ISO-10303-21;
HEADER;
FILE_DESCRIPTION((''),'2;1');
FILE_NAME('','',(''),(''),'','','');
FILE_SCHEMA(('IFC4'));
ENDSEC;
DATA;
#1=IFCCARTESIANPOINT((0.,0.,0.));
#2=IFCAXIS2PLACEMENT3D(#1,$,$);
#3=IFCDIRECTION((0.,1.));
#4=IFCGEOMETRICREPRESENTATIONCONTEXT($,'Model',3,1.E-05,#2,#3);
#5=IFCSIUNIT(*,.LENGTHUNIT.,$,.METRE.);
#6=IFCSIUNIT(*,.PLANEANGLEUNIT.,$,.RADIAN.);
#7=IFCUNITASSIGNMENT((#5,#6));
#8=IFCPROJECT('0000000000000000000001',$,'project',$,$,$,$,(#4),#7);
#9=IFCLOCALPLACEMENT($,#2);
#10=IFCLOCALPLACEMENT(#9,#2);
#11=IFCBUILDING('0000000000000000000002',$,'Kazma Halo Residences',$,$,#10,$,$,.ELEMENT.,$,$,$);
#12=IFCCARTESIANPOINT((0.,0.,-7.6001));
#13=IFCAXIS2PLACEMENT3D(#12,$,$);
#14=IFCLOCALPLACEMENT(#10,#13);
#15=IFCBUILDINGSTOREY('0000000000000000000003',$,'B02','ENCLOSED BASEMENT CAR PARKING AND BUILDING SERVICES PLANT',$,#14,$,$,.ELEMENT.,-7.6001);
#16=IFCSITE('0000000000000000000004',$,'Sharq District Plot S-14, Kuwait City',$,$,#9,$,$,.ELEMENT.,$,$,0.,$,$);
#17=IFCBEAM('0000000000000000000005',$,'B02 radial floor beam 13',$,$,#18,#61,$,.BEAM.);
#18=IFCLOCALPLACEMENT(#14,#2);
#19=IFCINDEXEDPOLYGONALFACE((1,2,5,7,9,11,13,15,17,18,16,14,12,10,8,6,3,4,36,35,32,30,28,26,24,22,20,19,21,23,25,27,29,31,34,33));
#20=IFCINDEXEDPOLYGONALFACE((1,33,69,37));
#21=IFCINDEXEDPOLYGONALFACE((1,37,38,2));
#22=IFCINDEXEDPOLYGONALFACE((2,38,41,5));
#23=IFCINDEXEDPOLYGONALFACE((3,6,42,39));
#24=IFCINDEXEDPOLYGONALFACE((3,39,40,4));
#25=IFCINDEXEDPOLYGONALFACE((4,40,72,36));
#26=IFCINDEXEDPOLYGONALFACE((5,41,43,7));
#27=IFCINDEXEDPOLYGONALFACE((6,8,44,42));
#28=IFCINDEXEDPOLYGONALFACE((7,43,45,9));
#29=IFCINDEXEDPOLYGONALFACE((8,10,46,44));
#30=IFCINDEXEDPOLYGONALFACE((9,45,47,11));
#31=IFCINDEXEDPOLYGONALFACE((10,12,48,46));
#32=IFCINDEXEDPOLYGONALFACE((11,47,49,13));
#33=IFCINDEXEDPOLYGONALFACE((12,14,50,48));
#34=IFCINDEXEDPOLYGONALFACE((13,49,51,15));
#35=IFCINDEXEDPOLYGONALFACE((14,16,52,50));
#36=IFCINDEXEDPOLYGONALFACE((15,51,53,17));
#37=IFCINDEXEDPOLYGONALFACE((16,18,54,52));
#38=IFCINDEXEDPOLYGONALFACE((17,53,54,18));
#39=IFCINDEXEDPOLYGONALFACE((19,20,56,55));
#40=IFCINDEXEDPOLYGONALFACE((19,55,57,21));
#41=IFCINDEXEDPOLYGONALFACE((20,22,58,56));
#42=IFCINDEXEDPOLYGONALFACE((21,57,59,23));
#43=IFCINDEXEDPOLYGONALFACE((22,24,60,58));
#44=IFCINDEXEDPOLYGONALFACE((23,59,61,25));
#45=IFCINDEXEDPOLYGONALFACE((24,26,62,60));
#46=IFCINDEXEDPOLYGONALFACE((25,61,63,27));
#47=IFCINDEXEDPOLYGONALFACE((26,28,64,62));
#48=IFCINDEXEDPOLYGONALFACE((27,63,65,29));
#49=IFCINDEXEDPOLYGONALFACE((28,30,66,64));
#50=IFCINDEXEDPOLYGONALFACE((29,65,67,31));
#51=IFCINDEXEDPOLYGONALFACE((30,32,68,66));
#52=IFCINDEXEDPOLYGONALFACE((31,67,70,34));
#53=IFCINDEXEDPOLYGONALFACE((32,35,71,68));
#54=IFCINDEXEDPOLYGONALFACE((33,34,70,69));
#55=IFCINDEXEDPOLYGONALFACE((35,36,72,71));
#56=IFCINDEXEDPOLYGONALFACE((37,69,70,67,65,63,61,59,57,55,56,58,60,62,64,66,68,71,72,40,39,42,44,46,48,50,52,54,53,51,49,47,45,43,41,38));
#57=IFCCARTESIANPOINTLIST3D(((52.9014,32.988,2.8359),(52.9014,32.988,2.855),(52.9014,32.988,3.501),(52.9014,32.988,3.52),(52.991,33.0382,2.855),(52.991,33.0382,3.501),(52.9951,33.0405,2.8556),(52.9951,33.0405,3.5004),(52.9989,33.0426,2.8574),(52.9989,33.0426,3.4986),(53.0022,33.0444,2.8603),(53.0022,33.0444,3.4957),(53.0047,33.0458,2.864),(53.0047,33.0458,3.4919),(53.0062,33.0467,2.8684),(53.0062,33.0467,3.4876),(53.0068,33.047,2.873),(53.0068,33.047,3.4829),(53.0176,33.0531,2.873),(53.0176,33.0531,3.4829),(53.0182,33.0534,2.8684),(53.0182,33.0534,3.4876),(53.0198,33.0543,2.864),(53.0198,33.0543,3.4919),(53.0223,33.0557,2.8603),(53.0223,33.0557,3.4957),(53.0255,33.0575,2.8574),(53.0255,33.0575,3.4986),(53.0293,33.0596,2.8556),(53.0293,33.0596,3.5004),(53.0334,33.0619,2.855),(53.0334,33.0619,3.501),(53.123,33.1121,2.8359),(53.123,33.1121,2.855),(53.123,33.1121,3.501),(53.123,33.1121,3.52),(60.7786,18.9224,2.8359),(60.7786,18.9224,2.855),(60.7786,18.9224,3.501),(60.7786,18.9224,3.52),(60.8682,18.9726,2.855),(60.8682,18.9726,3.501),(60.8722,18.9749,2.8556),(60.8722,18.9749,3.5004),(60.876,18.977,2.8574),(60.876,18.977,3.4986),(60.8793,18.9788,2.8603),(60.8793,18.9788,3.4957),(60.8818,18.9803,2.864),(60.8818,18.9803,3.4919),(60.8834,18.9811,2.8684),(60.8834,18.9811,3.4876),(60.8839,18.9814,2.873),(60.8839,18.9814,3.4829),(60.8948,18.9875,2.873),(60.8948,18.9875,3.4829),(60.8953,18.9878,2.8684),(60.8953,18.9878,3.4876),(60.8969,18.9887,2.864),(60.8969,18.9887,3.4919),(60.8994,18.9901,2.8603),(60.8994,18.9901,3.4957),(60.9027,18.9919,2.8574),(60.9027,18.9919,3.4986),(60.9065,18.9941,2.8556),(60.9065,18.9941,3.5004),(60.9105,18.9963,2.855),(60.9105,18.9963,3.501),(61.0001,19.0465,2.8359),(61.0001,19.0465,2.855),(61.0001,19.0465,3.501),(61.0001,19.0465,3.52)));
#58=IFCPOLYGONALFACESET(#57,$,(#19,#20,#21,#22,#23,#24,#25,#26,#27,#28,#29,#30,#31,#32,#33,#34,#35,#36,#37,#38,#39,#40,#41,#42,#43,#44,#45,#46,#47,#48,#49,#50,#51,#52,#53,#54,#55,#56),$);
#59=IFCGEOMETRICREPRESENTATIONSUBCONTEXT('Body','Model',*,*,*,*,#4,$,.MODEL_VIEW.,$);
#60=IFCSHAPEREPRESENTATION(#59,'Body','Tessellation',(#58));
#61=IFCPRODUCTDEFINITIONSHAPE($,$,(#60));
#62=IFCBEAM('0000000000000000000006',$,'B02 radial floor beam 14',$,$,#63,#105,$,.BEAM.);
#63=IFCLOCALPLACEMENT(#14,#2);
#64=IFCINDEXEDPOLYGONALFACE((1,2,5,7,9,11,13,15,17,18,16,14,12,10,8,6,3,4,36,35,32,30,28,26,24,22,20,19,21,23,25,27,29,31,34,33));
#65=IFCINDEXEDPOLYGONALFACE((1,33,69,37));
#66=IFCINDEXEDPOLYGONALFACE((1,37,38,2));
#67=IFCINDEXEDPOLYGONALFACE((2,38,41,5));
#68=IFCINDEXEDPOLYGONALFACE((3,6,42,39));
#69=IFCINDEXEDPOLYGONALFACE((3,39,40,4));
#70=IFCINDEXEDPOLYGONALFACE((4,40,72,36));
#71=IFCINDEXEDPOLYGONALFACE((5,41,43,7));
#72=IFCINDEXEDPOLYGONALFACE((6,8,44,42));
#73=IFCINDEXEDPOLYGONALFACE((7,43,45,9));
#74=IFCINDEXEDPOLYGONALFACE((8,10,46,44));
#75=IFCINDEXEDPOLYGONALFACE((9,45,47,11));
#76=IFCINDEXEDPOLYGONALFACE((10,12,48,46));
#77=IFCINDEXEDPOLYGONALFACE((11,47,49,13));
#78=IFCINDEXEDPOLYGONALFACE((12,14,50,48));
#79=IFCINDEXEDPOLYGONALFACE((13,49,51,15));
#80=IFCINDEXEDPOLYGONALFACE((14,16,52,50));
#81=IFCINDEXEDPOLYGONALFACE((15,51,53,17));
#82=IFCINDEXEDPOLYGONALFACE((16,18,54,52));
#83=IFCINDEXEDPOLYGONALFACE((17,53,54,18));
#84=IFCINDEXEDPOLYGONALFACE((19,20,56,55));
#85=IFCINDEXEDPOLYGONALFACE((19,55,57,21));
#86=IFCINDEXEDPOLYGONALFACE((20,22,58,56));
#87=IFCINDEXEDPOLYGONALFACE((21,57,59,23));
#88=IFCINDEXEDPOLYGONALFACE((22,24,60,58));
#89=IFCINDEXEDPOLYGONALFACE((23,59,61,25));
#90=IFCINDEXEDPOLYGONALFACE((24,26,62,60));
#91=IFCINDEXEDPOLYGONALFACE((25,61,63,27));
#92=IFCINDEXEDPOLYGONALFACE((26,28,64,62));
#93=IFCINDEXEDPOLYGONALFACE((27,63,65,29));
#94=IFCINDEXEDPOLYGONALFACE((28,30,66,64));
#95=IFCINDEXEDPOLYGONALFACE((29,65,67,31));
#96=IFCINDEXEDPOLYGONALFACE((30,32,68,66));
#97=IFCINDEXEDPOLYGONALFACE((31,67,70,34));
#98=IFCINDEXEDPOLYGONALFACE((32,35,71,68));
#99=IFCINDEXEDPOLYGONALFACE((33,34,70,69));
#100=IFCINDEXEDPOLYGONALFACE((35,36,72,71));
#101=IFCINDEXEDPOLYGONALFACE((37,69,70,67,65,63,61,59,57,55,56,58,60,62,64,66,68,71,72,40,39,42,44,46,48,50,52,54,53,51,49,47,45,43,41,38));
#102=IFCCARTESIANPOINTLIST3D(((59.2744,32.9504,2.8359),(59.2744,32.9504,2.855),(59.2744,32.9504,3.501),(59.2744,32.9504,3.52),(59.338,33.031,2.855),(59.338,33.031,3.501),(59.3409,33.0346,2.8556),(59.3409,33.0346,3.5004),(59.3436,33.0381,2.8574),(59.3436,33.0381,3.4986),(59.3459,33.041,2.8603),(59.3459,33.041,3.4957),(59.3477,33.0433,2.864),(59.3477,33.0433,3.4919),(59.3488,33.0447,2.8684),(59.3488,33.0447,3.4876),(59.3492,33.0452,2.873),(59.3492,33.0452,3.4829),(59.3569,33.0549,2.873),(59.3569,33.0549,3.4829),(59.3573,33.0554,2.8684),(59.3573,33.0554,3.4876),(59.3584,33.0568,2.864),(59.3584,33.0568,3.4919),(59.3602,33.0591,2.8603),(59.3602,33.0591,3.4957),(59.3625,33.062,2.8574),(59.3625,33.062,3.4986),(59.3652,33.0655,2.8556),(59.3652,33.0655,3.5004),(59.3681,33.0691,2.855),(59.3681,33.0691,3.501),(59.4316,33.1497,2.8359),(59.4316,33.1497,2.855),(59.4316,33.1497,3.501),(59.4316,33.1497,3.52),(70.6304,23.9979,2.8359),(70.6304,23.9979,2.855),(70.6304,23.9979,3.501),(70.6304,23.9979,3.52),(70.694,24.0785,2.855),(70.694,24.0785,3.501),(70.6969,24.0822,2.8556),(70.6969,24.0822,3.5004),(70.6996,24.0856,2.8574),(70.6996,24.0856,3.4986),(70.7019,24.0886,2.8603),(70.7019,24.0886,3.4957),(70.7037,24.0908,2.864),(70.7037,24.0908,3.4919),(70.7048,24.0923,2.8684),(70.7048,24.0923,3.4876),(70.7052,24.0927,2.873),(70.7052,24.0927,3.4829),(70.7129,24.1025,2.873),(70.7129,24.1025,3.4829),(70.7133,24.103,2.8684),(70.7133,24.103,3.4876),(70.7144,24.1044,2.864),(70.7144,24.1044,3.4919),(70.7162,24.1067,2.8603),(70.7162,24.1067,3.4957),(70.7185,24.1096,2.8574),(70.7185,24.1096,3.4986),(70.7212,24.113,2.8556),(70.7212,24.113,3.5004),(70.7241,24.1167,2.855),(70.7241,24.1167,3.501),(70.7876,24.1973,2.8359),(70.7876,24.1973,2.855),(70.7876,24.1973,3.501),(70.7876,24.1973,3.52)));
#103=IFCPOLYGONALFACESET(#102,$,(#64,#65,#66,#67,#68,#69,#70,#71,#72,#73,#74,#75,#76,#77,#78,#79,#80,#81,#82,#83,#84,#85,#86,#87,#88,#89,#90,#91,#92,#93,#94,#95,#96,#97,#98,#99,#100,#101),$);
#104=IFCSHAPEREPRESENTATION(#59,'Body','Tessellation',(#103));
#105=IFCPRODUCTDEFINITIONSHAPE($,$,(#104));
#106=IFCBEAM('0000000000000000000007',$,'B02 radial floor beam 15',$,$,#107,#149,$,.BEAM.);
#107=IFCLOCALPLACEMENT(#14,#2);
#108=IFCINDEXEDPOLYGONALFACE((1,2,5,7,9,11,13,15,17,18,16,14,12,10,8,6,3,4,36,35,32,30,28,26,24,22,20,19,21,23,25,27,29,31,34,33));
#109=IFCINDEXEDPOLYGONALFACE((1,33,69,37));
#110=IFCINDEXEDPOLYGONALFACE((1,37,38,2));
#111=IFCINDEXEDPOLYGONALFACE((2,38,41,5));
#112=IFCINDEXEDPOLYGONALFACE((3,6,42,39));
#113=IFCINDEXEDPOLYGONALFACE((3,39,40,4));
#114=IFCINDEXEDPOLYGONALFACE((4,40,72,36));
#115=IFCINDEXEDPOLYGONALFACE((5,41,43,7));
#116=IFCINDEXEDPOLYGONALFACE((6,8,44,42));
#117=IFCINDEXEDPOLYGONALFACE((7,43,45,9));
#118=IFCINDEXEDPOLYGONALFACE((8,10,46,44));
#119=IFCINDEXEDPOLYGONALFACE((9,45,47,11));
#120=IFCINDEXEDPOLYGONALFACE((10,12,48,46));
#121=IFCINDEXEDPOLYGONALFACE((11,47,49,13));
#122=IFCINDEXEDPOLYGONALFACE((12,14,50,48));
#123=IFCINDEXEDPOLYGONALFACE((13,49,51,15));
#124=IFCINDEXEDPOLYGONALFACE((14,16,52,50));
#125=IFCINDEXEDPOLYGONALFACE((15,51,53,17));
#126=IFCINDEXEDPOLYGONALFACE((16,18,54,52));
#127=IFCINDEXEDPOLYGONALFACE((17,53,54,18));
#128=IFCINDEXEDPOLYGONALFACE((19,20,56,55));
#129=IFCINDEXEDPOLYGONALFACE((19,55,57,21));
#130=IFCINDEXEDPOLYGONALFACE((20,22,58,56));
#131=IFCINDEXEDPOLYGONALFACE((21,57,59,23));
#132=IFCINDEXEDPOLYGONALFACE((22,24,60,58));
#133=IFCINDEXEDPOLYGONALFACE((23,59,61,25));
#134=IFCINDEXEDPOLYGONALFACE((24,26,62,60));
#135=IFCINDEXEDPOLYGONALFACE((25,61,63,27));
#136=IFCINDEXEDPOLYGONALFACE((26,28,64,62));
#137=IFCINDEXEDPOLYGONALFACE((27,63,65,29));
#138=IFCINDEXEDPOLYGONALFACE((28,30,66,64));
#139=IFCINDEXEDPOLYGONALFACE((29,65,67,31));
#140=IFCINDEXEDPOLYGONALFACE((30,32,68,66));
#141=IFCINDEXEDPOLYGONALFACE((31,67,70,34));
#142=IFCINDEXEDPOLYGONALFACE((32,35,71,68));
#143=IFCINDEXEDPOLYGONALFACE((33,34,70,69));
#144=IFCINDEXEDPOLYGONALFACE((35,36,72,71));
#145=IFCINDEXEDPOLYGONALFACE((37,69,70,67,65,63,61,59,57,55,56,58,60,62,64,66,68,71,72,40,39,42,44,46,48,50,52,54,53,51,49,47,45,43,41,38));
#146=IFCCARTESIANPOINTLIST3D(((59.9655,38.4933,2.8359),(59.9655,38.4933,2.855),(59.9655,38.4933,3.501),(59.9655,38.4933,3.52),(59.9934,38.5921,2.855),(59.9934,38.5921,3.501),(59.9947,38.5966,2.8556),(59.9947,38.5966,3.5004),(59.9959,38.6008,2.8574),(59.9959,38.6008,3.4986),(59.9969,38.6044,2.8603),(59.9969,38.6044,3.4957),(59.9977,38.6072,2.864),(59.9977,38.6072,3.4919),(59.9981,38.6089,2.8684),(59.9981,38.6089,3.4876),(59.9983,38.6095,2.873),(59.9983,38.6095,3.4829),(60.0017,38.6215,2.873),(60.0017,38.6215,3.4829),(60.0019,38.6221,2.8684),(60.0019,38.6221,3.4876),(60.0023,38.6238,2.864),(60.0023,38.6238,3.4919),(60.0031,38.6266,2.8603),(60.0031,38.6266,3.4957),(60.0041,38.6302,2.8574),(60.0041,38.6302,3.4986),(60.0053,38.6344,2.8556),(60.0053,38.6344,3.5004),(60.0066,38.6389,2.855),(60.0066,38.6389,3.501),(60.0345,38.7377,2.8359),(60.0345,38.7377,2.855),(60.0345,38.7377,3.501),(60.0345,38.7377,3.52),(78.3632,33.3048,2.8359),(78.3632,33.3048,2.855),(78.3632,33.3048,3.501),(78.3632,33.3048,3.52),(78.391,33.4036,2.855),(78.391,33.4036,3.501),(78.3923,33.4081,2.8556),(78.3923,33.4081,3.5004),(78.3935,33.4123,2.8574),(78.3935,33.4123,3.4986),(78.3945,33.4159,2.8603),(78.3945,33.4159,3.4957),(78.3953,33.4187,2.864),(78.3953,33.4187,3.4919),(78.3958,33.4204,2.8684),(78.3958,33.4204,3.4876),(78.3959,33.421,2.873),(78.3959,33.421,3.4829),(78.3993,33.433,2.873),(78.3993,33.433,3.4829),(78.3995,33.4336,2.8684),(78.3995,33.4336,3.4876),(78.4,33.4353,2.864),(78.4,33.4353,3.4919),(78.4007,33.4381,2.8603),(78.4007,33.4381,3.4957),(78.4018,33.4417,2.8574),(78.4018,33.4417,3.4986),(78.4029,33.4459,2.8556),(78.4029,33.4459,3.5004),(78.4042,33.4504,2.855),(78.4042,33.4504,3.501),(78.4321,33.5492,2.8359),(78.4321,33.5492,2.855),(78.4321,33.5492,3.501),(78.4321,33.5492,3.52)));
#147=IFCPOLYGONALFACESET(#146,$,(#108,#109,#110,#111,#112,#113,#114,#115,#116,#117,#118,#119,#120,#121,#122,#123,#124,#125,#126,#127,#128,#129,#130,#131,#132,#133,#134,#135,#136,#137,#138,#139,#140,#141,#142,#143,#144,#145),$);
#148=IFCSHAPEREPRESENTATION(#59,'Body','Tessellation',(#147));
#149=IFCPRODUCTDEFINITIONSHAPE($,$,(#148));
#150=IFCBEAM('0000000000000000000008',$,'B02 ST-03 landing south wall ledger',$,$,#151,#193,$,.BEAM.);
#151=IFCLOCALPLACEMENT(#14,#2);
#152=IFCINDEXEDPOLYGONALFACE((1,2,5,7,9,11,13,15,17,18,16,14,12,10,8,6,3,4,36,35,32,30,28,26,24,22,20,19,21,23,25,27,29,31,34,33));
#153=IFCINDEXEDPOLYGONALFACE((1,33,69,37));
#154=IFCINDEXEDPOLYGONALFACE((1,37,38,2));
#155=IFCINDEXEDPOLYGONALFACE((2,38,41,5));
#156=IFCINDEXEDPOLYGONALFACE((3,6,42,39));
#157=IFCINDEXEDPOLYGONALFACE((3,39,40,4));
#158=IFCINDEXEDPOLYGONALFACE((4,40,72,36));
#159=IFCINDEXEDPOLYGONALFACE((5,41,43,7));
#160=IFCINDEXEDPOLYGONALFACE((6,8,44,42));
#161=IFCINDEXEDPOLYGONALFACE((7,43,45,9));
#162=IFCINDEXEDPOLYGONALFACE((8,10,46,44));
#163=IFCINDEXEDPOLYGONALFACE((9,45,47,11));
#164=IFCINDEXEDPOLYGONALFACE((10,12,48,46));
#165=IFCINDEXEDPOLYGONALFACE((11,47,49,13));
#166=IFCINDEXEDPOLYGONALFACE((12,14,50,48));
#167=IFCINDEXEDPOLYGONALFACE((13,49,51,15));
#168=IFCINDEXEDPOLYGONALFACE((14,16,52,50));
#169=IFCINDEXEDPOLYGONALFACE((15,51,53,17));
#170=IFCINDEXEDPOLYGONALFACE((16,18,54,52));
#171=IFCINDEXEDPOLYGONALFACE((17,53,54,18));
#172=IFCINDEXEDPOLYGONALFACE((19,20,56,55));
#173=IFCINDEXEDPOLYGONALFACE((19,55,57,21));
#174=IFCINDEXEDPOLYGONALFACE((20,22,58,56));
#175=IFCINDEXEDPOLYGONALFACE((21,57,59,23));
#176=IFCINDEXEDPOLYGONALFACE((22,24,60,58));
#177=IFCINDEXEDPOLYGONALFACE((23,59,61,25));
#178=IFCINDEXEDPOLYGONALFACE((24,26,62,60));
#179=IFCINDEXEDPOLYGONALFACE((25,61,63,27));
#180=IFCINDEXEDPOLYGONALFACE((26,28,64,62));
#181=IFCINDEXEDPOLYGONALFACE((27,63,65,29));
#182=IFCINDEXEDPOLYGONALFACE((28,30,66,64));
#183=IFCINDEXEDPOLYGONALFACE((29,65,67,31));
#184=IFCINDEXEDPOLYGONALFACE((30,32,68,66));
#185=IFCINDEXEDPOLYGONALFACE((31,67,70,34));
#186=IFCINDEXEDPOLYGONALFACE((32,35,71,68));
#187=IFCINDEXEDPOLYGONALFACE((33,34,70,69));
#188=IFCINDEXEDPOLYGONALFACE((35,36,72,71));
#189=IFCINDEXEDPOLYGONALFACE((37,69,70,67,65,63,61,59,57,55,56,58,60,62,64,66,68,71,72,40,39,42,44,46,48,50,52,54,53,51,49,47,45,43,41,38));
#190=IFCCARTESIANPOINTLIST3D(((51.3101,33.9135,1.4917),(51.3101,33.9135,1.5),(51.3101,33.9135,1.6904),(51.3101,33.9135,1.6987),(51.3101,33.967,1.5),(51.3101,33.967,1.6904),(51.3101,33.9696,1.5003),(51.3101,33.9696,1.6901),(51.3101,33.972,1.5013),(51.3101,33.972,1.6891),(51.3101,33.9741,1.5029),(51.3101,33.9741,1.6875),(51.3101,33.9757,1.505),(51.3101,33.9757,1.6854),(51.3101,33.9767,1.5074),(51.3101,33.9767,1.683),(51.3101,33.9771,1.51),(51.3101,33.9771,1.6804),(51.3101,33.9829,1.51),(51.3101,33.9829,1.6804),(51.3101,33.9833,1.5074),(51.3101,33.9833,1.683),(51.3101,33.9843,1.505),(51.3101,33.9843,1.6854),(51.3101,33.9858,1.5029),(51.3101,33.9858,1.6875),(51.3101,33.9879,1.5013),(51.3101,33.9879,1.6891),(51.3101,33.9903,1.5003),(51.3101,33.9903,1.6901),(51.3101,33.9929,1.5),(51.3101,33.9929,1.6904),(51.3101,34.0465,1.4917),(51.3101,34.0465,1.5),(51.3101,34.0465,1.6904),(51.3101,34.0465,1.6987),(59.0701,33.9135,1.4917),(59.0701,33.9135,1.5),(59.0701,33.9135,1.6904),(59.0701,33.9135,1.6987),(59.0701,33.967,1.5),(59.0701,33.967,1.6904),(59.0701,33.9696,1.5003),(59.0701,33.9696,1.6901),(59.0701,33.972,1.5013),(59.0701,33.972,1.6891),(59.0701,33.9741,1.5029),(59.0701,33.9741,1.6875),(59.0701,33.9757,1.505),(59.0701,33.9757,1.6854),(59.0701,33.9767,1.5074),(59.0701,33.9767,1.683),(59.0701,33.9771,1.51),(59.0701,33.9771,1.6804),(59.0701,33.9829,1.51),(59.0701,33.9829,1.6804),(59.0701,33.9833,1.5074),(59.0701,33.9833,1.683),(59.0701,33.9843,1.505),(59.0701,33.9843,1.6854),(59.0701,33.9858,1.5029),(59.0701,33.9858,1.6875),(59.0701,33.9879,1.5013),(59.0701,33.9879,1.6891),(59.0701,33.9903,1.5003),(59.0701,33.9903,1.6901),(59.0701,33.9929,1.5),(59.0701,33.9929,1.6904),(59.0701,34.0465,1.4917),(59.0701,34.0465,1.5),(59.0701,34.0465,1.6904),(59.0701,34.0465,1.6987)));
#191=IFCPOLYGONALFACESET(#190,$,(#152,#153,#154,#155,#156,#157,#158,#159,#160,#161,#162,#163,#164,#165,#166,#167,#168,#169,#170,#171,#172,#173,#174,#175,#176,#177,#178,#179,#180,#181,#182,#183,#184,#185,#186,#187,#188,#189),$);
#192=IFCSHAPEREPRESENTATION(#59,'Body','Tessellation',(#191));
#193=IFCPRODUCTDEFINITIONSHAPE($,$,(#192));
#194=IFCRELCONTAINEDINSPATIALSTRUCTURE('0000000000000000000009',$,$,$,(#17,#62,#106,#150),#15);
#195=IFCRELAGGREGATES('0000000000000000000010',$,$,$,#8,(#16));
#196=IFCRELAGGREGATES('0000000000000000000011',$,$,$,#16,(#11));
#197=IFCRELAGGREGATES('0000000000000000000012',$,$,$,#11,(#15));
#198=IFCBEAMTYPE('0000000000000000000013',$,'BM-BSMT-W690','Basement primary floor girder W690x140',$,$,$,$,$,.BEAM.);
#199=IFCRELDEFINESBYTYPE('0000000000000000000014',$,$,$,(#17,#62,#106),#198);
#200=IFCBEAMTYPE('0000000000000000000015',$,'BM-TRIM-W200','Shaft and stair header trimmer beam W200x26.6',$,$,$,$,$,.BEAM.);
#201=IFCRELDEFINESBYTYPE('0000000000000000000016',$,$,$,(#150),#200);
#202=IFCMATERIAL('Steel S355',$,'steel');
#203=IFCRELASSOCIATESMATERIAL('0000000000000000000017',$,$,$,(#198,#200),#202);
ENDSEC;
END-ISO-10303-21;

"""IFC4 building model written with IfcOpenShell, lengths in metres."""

from ifc_helpers import new_model, si_unit, direction, frame, origin, origin_2d, place, context, subcontext, project, spatial, i_section, extrude, material, material_profile, profile_set, type_object, element, save


model = new_model("IFC4")

# Units and contexts
model_context = context("Model", 3, precision=1e-05, world=origin(), true_north=direction((0.0, 1.0)))
body_context = subcontext(model_context, "Body", "Model", "MODEL_VIEW")
ifc_project = project(units=[si_unit("LENGTHUNIT", "METRE"), si_unit("PLANEANGLEUNIT", "RADIAN")], contexts=[model_context])

# Site, building, storey
site_placement = place(None, origin())
site = spatial("IfcSite", under=ifc_project, at=site_placement, Name="Sharq District Plot S-14, Kuwait City", CompositionType="ELEMENT", RefElevation=0.0)
building_placement = place(site_placement, origin())
building = spatial("IfcBuilding", under=site, at=building_placement, Name="Kazma Halo Residences", CompositionType="ELEMENT")
storey_placement = place(building_placement, frame((0.0, 0.0, -7.6001)))
storey = spatial("IfcBuildingStorey", under=building, at=storey_placement, Name="B02", Description="ENCLOSED BASEMENT CAR PARKING AND BUILDING SERVICES PLANT", CompositionType="ELEMENT", Elevation=-7.6001)

# Shared definitions
ifc_material_1 = material(Name="Steel S355", Category="steel")

# Beams
ifc_material_profile_1 = material_profile(ifc_material_1, i_section(OverallWidth=0.2539, OverallDepth=0.6841, WebThickness=0.0125, FlangeThickness=0.019, FilletRadius=0.0181, at=origin_2d()), Name="W690x140")
ifc_profile_set_1 = profile_set([ifc_material_profile_1], Name="Steel S355")
beam_type_1 = type_object("IfcBeamType", Name="BM-BSMT-W690", Description="Basement primary floor girder W690x140", PredefinedType="BEAM", material=ifc_profile_set_1)
beam_1_placement = place(storey_placement, frame((53.0122, 33.05, 3.178), z_axis=(0.488623, -0.872495, 0.0), x_axis=(0.872495, 0.488623, 0.0)))
element("IfcBeam", 1, at=beam_1_placement, inside=storey, type_object=beam_type_1, Name="B02 radial floor beam 13", PredefinedType="BEAM", context=body_context, shape_type="SweptSolid", body=[
    extrude(i_section(OverallWidth=0.2539, OverallDepth=0.6841, WebThickness=0.0125, FlangeThickness=0.019, FilletRadius=0.0181, at=origin_2d()), origin(), (0.0, 0.0, 1.0), 16.1211),
])
beam_2_placement = place(storey_placement, frame((59.353, 33.05, 3.178), z_axis=(0.785314, -0.619097, 0.0), x_axis=(0.619097, 0.785314, 0.0)))
element("IfcBeam", 2, at=beam_2_placement, inside=storey, type_object=beam_type_1, Name="B02 radial floor beam 14", PredefinedType="BEAM", context=body_context, shape_type="SweptSolid", body=[
    extrude(i_section(OverallWidth=0.2539, OverallDepth=0.6841, WebThickness=0.0125, FlangeThickness=0.019, FilletRadius=0.0181, at=origin_2d()), origin(), (0.0, 0.0, 1.0), 14.4604),
])
beam_3_placement = place(storey_placement, frame((60.0, 38.6155, 3.178), z_axis=(0.962458, -0.27143, 0.0), x_axis=(0.27143, 0.962458, 0.0)))
element("IfcBeam", 3, at=beam_3_placement, inside=storey, type_object=beam_type_1, Name="B02 radial floor beam 15", PredefinedType="BEAM", context=body_context, shape_type="SweptSolid", body=[
    extrude(i_section(OverallWidth=0.2539, OverallDepth=0.6841, WebThickness=0.0125, FlangeThickness=0.019, FilletRadius=0.0181, at=origin_2d()), origin(), (0.0, 0.0, 1.0), 19.1152),
])
ifc_material_profile_2 = material_profile(ifc_material_1, i_section(OverallWidth=0.1331, OverallDepth=0.207, WebThickness=0.0059, FlangeThickness=0.0083, FilletRadius=0.01, at=origin_2d()), Name="W200x26.6")
ifc_profile_set_2 = profile_set([ifc_material_profile_2], Name="Steel S355")
beam_type_2 = type_object("IfcBeamType", Name="BM-TRIM-W200", Description="Shaft and stair header trimmer beam W200x26.6", PredefinedType="BEAM", material=ifc_profile_set_2)
beam_4_placement = place(storey_placement, frame((51.3101, 33.98, 1.5952), z_axis=(1.0, 0.0, 0.0), x_axis=(0.0, 1.0, 0.0)))
element("IfcBeam", 4, at=beam_4_placement, inside=storey, type_object=beam_type_2, Name="B02 ST-03 landing south wall ledger", PredefinedType="BEAM", context=body_context, shape_type="SweptSolid", body=[
    extrude(i_section(OverallWidth=0.1331, OverallDepth=0.207, WebThickness=0.0059, FlangeThickness=0.0083, FilletRadius=0.01, at=origin_2d()), origin(), (0.0, 0.0, 1.0), 7.76),
])

save(model, "model.ifc")
